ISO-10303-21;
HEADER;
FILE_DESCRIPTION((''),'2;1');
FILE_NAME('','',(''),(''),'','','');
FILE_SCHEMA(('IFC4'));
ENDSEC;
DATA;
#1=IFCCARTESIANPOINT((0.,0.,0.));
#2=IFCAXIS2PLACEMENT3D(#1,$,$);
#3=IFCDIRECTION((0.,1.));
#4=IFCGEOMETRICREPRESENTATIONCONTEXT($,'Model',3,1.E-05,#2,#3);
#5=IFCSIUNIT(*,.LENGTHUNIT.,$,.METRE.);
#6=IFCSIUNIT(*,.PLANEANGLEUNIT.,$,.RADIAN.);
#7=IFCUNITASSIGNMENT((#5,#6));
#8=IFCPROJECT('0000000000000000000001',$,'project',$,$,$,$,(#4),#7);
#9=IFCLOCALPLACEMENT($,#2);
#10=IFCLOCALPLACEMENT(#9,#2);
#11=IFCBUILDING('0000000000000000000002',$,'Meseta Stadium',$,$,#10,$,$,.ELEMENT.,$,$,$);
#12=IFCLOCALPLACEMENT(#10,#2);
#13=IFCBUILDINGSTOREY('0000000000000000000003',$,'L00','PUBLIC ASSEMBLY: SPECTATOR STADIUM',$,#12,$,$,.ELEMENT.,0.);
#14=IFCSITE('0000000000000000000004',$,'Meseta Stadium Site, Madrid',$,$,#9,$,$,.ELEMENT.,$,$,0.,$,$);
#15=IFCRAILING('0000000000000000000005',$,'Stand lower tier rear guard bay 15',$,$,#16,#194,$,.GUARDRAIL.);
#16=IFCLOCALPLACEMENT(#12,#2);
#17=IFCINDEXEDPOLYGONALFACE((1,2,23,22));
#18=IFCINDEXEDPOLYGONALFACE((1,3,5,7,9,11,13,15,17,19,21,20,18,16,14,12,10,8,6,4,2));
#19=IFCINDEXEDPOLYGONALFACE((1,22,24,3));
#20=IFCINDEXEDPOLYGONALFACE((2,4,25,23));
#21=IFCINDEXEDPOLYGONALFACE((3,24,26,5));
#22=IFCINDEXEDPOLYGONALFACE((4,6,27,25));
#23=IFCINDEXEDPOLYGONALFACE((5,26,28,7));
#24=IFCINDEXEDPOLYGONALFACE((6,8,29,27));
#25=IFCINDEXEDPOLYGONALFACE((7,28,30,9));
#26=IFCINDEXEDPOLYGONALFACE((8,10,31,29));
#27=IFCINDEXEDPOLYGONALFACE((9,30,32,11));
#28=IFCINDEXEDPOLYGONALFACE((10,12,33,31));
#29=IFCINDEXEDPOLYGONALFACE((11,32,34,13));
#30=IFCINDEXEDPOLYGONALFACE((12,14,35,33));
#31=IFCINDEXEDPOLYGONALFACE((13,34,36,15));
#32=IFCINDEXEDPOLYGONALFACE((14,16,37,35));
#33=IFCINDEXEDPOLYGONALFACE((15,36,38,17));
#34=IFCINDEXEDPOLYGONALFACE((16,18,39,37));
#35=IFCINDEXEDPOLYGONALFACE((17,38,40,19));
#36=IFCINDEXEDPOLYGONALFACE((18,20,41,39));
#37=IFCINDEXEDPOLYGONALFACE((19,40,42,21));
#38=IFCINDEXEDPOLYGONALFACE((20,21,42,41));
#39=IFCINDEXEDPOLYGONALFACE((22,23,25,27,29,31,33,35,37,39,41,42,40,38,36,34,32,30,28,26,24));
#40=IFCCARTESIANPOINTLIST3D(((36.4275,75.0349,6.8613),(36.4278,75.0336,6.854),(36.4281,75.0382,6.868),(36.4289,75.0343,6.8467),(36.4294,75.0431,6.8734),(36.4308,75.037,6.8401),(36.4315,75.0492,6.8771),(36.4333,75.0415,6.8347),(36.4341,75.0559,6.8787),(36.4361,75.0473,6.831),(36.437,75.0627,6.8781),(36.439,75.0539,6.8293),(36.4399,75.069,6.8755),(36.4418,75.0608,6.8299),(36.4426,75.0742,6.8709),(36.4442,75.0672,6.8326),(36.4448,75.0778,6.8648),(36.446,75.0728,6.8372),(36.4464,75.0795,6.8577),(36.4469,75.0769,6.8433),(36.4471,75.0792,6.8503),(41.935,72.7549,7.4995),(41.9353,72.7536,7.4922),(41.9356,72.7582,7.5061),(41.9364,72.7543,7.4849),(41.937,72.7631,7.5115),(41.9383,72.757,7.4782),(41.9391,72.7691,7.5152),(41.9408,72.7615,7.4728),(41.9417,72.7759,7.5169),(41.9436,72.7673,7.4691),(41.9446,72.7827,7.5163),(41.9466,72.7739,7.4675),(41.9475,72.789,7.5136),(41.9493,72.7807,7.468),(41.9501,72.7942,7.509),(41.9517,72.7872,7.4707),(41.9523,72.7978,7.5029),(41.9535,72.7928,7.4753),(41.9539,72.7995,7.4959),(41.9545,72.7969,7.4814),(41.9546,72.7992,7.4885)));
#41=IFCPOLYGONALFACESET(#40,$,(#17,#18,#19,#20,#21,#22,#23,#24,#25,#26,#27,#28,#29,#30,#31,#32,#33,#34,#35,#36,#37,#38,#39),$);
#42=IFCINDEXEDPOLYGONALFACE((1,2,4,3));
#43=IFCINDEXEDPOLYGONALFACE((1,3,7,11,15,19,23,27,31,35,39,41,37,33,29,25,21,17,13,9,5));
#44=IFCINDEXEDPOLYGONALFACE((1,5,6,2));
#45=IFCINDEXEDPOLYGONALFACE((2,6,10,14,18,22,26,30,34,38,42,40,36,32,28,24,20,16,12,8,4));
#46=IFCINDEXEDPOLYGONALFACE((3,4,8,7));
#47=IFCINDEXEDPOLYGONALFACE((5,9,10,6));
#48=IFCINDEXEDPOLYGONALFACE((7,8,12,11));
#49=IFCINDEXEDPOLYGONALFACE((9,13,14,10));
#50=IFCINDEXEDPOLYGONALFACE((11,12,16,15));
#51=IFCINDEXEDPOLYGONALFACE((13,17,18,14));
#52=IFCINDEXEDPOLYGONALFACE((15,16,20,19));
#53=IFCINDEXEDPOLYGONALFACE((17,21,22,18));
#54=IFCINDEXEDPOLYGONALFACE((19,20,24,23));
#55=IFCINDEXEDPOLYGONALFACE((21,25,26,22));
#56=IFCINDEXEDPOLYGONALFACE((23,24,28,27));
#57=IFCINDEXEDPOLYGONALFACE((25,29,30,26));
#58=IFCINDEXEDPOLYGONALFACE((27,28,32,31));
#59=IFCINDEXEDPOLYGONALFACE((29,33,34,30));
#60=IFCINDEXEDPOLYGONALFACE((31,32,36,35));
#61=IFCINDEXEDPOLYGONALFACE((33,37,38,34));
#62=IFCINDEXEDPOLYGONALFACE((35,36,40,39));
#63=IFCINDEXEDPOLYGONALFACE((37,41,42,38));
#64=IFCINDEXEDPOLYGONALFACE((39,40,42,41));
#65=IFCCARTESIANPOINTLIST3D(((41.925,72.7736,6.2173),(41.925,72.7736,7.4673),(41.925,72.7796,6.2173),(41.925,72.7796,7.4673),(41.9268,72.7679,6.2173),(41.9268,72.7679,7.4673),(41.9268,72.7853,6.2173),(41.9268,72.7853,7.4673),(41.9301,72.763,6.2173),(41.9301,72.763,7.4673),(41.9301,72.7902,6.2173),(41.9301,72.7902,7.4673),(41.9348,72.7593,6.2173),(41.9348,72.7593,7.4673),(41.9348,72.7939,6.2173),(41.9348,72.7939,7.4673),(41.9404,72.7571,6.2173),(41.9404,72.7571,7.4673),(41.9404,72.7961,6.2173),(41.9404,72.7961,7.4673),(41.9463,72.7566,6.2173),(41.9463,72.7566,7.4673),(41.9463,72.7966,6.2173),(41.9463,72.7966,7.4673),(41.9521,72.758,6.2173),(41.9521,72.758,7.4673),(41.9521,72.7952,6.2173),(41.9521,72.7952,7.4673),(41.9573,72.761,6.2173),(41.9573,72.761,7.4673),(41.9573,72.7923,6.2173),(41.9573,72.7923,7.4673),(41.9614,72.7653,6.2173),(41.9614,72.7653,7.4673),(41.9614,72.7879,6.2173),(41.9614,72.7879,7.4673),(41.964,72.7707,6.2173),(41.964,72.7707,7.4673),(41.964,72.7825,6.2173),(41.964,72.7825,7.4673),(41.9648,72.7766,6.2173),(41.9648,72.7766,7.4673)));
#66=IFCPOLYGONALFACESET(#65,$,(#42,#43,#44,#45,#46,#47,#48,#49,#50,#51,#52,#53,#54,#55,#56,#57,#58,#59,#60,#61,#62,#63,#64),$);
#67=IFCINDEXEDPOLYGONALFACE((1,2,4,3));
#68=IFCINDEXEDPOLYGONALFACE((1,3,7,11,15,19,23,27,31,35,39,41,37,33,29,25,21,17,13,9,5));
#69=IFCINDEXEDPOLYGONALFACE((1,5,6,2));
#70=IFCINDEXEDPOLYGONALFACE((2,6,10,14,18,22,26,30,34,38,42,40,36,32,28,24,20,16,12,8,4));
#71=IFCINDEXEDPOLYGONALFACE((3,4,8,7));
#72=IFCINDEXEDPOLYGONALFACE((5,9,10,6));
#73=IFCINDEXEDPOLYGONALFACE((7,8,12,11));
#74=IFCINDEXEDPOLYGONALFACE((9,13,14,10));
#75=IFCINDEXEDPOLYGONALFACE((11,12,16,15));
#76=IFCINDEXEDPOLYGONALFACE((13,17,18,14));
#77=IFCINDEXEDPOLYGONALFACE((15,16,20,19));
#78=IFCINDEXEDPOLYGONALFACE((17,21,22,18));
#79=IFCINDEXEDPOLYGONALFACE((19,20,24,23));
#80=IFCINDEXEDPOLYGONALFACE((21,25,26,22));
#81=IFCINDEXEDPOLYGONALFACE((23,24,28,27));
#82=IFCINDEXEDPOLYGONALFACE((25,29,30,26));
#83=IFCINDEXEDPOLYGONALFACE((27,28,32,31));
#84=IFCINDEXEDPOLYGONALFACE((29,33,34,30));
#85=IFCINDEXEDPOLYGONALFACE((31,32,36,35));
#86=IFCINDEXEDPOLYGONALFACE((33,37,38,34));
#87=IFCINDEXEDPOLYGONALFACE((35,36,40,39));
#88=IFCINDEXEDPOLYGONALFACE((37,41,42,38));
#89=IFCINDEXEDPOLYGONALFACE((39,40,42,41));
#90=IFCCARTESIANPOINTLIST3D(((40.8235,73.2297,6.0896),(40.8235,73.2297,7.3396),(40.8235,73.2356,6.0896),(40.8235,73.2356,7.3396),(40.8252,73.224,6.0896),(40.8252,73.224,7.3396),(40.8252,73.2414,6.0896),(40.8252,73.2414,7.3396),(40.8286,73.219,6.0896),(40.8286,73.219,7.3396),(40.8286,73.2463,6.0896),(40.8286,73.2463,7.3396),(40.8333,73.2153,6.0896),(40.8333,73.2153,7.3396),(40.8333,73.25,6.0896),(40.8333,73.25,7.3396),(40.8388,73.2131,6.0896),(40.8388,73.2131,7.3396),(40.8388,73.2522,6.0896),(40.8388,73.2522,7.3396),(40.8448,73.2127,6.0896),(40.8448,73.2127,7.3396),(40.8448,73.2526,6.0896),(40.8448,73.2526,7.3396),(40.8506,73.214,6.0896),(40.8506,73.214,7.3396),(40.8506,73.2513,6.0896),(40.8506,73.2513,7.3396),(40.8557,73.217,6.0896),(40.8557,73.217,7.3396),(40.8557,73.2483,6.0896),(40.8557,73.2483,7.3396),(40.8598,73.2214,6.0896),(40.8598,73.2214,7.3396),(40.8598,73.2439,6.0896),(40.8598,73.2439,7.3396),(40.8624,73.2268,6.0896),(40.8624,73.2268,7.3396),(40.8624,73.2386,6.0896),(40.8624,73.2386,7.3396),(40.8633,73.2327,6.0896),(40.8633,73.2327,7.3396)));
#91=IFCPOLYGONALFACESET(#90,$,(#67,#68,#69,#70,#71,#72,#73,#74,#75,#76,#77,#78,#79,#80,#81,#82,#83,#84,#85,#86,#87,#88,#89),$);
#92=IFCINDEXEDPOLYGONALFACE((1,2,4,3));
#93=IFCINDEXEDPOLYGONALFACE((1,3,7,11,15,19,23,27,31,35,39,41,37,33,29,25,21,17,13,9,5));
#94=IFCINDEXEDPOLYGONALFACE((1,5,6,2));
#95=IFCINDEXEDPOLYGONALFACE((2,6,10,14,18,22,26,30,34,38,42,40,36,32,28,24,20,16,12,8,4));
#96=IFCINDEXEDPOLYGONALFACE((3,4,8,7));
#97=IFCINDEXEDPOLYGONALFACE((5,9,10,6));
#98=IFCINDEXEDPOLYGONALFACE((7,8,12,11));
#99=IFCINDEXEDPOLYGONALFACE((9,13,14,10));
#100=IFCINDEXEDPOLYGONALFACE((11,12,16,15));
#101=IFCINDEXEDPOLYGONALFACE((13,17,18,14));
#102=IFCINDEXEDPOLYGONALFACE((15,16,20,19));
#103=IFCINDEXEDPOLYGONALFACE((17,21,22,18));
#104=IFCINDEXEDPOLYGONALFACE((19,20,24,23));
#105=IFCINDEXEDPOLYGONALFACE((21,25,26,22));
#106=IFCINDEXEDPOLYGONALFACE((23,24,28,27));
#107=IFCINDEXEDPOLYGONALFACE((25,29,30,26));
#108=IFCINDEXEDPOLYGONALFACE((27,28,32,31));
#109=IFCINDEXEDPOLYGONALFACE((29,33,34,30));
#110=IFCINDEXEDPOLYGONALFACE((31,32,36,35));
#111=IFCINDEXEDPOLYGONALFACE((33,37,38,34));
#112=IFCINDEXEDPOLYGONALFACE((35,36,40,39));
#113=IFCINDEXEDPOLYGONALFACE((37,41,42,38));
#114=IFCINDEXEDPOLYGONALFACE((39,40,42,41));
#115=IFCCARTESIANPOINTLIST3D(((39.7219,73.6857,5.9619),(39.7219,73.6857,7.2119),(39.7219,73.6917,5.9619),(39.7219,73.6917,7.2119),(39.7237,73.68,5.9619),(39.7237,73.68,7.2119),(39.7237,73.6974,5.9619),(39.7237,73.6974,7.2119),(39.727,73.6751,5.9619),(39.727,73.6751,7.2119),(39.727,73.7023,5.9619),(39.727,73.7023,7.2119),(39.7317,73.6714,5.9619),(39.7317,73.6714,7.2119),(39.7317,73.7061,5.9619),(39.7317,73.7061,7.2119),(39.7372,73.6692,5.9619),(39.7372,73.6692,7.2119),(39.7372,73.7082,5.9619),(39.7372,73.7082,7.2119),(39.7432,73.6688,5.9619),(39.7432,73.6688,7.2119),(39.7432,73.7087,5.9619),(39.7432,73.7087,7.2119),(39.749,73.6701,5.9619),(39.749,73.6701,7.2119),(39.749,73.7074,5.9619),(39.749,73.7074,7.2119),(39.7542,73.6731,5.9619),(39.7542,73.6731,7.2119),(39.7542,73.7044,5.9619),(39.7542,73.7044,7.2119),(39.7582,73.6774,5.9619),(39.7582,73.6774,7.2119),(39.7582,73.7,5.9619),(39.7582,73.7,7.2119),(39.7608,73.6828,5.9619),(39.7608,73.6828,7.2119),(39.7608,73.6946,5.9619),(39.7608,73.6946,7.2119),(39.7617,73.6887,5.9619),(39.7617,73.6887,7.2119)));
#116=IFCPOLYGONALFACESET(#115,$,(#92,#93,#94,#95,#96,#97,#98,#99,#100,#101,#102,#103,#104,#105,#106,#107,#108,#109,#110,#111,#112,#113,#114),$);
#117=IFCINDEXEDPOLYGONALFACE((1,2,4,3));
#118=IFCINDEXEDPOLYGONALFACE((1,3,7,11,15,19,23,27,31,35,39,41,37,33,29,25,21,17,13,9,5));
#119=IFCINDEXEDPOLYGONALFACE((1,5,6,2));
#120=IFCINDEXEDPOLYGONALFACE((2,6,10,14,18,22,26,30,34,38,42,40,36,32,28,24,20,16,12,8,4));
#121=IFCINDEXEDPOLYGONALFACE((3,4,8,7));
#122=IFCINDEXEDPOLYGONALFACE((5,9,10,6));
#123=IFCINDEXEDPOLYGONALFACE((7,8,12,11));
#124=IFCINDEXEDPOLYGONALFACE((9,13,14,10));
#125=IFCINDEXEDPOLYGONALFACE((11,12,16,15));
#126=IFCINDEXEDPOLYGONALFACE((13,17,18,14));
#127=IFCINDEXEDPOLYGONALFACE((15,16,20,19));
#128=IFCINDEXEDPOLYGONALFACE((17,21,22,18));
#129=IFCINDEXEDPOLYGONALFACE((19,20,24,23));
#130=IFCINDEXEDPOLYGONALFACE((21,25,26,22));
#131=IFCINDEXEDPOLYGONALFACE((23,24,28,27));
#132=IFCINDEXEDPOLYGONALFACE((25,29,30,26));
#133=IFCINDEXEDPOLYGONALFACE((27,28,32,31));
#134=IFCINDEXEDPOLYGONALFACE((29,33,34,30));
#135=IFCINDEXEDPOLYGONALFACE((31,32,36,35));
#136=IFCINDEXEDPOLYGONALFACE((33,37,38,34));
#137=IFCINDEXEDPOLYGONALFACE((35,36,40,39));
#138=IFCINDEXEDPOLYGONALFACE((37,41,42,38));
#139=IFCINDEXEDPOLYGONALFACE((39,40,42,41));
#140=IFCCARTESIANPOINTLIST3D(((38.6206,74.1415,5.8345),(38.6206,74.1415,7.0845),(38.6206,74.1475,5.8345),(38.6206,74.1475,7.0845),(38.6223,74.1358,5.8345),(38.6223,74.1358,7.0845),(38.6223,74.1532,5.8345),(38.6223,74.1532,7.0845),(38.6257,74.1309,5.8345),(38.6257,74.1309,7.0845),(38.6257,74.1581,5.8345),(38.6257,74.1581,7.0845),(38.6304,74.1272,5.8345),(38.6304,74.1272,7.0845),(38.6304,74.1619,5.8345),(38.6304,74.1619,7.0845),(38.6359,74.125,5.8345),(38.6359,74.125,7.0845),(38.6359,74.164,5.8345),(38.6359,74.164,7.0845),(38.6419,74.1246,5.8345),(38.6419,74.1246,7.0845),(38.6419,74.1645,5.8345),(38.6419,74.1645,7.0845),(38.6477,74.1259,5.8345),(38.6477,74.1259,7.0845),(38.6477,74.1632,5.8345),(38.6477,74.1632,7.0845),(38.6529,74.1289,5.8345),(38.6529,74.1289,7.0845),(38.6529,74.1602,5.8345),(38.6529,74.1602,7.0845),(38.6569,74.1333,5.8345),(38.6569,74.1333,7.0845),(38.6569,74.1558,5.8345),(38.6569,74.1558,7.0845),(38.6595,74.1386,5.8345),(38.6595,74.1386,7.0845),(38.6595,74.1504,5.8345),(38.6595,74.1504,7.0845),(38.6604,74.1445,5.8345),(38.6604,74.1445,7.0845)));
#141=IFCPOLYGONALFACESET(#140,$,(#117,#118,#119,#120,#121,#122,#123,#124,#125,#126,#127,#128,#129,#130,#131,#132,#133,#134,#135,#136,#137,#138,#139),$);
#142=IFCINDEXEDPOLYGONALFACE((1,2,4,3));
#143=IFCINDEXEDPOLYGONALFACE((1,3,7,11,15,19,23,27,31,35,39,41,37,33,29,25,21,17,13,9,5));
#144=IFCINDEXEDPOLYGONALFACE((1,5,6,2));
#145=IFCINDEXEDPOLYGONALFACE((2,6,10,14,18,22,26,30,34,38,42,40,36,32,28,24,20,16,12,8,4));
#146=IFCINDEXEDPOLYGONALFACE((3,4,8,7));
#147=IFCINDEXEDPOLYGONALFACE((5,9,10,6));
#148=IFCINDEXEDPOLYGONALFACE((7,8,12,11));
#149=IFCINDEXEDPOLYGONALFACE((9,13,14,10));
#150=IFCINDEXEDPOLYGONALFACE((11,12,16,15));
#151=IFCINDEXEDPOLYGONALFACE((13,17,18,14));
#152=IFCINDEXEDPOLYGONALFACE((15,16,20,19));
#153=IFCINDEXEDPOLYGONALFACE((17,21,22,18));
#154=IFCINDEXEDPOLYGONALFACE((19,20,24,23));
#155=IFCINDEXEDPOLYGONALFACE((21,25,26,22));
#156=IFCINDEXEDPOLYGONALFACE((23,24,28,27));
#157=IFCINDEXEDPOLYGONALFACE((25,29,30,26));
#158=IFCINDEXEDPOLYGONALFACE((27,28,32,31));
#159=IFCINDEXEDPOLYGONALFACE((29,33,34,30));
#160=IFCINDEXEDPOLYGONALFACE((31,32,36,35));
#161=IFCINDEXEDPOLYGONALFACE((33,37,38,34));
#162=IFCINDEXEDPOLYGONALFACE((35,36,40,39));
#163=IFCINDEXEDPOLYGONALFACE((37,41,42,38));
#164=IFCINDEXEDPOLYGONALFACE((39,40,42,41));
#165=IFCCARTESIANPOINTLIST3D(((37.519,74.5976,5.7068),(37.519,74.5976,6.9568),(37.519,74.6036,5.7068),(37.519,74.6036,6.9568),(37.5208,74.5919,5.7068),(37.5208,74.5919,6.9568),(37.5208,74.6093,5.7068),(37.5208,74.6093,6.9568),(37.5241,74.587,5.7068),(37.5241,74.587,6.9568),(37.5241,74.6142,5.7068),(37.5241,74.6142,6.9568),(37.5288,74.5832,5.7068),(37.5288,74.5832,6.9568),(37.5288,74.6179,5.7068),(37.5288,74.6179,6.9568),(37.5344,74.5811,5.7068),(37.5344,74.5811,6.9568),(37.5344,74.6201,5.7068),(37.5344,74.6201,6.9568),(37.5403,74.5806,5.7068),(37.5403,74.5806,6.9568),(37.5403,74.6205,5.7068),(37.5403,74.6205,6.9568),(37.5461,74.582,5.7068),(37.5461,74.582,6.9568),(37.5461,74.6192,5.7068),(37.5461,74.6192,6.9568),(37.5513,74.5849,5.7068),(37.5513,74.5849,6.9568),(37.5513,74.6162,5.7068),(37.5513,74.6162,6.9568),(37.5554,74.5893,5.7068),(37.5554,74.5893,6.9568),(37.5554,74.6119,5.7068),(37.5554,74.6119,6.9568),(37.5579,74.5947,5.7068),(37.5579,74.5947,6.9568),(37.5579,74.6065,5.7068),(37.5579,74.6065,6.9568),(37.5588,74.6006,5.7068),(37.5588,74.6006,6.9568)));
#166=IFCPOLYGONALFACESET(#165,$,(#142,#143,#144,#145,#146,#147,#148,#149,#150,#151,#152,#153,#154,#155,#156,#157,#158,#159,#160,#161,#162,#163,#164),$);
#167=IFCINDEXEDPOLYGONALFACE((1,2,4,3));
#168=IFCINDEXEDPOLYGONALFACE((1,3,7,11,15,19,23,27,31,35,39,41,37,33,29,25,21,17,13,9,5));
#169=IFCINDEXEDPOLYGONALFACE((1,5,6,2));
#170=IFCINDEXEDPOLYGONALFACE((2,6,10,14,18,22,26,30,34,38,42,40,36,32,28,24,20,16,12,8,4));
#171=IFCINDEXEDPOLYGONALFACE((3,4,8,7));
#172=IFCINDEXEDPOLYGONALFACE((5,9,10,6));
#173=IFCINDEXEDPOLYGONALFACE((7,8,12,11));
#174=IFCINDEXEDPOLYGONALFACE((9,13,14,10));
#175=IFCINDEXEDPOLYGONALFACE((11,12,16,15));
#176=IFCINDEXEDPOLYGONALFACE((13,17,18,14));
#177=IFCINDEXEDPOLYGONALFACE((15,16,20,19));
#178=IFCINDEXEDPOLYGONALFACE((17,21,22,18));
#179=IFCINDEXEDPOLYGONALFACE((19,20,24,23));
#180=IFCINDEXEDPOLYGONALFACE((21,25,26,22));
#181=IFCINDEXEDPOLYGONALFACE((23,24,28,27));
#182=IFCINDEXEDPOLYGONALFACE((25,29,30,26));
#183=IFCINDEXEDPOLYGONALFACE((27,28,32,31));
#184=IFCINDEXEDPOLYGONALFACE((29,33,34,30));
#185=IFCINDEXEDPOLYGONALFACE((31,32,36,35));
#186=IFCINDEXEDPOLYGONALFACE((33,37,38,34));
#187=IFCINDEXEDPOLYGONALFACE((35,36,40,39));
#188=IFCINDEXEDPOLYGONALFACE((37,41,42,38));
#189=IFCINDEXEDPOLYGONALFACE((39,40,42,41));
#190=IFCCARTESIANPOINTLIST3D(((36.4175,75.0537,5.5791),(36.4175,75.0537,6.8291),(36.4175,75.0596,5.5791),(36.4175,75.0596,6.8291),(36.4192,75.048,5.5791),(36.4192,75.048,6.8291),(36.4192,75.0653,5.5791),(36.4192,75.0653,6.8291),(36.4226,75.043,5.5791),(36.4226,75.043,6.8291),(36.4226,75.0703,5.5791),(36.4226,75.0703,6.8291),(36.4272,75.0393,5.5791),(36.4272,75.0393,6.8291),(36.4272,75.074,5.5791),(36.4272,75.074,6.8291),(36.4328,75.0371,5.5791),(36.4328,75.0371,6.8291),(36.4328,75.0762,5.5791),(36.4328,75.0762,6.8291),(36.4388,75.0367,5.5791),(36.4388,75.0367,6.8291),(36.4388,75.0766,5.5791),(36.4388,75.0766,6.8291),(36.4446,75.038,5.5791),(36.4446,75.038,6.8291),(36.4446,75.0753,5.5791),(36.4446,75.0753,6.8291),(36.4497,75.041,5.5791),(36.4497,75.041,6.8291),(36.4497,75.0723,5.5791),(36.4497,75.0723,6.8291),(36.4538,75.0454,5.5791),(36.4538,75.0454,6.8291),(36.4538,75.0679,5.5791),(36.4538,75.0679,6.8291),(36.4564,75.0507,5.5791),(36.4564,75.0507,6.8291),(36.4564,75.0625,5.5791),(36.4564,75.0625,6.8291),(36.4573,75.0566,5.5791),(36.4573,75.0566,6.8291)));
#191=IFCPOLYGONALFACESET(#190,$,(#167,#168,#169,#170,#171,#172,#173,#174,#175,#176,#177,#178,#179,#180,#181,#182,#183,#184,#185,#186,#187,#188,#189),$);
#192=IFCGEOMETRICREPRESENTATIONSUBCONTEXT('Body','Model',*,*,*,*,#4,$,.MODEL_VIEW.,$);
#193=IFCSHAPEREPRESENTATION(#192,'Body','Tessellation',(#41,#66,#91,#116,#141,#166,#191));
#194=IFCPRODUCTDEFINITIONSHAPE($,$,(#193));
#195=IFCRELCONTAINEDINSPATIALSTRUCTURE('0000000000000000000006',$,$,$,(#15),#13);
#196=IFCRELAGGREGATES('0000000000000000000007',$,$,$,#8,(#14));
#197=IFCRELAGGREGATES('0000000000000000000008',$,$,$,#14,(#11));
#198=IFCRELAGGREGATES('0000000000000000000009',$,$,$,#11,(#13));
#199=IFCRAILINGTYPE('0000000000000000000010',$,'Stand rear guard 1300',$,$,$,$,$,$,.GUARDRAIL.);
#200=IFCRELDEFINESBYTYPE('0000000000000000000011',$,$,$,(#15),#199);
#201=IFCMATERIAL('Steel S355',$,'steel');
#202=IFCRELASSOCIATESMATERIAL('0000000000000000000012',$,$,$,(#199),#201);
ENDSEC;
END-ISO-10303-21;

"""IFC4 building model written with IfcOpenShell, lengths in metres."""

from ifc_helpers import new_model, si_unit, direction, frame, origin, origin_2d, place, context, subcontext, project, spatial, circle, extrude, material, type_object, element, save


model = new_model("IFC4")

# Units and contexts
model_context = context("Model", 3, precision=1e-05, world=origin(), true_north=direction((0.0, 1.0)))
body_context = subcontext(model_context, "Body", "Model", "MODEL_VIEW")
ifc_project = project(units=[si_unit("LENGTHUNIT", "METRE"), si_unit("PLANEANGLEUNIT", "RADIAN")], contexts=[model_context])

# Site, building, storey
site_placement = place(None, origin())
site = spatial("IfcSite", under=ifc_project, at=site_placement, Name="Meseta Stadium Site, Madrid", CompositionType="ELEMENT", RefElevation=0.0)
building_placement = place(site_placement, origin())
building = spatial("IfcBuilding", under=site, at=building_placement, Name="Meseta Stadium", CompositionType="ELEMENT")
storey_placement = place(building_placement, origin())
storey = spatial("IfcBuildingStorey", under=building, at=storey_placement, Name="L00", Description="PUBLIC ASSEMBLY: SPECTATOR STADIUM", CompositionType="ELEMENT", Elevation=0.0)

# Railing
ifc_material_1 = material(Name="Steel S355", Category="steel")
railing_type_1 = type_object("IfcRailingType", Name="Stand rear guard 1300", PredefinedType="GUARDRAIL", material=ifc_material_1)
railing_1_placement = place(storey_placement, frame((41.9448, 72.7766, 6.2173)))
element("IfcRailing", 1, at=railing_1_placement, inside=storey, type_object=railing_type_1, Name="Stand lower tier rear guard bay 15", PredefinedType="GUARDRAIL", context=body_context, shape_type="SweptSolid", body=[
    extrude(circle(Radius=0.0249, at=origin_2d()), frame((0.0, 0.0, 1.2749), z_axis=(-0.918705, 0.380327, -0.106454), x_axis=(-0.3825, -0.923955, 0.0)), (0.0, 0.0, 1.0), 5.9949),
    extrude(circle(Radius=0.02, at=origin_2d()), origin(), (0.0, 0.0, 1.0), 1.25),
    extrude(circle(Radius=0.02, at=origin_2d()), frame((-1.1016, 0.4561, -0.1277)), (0.0, 0.0, 1.0), 1.25),
    extrude(circle(Radius=0.02, at=origin_2d()), frame((-2.2031, 0.9121, -0.2554)), (0.0, 0.0, 1.0), 1.25),
    extrude(circle(Radius=0.02, at=origin_2d()), frame((-3.3044, 1.3679, -0.3828)), (0.0, 0.0, 1.0), 1.25),
    extrude(circle(Radius=0.02, at=origin_2d()), frame((-4.406, 1.824, -0.5105)), (0.0, 0.0, 1.0), 1.25),
    extrude(circle(Radius=0.02, at=origin_2d()), frame((-5.5076, 2.28, -0.6382)), (0.0, 0.0, 1.0), 1.25),
])

save(model, "model.ifc")
